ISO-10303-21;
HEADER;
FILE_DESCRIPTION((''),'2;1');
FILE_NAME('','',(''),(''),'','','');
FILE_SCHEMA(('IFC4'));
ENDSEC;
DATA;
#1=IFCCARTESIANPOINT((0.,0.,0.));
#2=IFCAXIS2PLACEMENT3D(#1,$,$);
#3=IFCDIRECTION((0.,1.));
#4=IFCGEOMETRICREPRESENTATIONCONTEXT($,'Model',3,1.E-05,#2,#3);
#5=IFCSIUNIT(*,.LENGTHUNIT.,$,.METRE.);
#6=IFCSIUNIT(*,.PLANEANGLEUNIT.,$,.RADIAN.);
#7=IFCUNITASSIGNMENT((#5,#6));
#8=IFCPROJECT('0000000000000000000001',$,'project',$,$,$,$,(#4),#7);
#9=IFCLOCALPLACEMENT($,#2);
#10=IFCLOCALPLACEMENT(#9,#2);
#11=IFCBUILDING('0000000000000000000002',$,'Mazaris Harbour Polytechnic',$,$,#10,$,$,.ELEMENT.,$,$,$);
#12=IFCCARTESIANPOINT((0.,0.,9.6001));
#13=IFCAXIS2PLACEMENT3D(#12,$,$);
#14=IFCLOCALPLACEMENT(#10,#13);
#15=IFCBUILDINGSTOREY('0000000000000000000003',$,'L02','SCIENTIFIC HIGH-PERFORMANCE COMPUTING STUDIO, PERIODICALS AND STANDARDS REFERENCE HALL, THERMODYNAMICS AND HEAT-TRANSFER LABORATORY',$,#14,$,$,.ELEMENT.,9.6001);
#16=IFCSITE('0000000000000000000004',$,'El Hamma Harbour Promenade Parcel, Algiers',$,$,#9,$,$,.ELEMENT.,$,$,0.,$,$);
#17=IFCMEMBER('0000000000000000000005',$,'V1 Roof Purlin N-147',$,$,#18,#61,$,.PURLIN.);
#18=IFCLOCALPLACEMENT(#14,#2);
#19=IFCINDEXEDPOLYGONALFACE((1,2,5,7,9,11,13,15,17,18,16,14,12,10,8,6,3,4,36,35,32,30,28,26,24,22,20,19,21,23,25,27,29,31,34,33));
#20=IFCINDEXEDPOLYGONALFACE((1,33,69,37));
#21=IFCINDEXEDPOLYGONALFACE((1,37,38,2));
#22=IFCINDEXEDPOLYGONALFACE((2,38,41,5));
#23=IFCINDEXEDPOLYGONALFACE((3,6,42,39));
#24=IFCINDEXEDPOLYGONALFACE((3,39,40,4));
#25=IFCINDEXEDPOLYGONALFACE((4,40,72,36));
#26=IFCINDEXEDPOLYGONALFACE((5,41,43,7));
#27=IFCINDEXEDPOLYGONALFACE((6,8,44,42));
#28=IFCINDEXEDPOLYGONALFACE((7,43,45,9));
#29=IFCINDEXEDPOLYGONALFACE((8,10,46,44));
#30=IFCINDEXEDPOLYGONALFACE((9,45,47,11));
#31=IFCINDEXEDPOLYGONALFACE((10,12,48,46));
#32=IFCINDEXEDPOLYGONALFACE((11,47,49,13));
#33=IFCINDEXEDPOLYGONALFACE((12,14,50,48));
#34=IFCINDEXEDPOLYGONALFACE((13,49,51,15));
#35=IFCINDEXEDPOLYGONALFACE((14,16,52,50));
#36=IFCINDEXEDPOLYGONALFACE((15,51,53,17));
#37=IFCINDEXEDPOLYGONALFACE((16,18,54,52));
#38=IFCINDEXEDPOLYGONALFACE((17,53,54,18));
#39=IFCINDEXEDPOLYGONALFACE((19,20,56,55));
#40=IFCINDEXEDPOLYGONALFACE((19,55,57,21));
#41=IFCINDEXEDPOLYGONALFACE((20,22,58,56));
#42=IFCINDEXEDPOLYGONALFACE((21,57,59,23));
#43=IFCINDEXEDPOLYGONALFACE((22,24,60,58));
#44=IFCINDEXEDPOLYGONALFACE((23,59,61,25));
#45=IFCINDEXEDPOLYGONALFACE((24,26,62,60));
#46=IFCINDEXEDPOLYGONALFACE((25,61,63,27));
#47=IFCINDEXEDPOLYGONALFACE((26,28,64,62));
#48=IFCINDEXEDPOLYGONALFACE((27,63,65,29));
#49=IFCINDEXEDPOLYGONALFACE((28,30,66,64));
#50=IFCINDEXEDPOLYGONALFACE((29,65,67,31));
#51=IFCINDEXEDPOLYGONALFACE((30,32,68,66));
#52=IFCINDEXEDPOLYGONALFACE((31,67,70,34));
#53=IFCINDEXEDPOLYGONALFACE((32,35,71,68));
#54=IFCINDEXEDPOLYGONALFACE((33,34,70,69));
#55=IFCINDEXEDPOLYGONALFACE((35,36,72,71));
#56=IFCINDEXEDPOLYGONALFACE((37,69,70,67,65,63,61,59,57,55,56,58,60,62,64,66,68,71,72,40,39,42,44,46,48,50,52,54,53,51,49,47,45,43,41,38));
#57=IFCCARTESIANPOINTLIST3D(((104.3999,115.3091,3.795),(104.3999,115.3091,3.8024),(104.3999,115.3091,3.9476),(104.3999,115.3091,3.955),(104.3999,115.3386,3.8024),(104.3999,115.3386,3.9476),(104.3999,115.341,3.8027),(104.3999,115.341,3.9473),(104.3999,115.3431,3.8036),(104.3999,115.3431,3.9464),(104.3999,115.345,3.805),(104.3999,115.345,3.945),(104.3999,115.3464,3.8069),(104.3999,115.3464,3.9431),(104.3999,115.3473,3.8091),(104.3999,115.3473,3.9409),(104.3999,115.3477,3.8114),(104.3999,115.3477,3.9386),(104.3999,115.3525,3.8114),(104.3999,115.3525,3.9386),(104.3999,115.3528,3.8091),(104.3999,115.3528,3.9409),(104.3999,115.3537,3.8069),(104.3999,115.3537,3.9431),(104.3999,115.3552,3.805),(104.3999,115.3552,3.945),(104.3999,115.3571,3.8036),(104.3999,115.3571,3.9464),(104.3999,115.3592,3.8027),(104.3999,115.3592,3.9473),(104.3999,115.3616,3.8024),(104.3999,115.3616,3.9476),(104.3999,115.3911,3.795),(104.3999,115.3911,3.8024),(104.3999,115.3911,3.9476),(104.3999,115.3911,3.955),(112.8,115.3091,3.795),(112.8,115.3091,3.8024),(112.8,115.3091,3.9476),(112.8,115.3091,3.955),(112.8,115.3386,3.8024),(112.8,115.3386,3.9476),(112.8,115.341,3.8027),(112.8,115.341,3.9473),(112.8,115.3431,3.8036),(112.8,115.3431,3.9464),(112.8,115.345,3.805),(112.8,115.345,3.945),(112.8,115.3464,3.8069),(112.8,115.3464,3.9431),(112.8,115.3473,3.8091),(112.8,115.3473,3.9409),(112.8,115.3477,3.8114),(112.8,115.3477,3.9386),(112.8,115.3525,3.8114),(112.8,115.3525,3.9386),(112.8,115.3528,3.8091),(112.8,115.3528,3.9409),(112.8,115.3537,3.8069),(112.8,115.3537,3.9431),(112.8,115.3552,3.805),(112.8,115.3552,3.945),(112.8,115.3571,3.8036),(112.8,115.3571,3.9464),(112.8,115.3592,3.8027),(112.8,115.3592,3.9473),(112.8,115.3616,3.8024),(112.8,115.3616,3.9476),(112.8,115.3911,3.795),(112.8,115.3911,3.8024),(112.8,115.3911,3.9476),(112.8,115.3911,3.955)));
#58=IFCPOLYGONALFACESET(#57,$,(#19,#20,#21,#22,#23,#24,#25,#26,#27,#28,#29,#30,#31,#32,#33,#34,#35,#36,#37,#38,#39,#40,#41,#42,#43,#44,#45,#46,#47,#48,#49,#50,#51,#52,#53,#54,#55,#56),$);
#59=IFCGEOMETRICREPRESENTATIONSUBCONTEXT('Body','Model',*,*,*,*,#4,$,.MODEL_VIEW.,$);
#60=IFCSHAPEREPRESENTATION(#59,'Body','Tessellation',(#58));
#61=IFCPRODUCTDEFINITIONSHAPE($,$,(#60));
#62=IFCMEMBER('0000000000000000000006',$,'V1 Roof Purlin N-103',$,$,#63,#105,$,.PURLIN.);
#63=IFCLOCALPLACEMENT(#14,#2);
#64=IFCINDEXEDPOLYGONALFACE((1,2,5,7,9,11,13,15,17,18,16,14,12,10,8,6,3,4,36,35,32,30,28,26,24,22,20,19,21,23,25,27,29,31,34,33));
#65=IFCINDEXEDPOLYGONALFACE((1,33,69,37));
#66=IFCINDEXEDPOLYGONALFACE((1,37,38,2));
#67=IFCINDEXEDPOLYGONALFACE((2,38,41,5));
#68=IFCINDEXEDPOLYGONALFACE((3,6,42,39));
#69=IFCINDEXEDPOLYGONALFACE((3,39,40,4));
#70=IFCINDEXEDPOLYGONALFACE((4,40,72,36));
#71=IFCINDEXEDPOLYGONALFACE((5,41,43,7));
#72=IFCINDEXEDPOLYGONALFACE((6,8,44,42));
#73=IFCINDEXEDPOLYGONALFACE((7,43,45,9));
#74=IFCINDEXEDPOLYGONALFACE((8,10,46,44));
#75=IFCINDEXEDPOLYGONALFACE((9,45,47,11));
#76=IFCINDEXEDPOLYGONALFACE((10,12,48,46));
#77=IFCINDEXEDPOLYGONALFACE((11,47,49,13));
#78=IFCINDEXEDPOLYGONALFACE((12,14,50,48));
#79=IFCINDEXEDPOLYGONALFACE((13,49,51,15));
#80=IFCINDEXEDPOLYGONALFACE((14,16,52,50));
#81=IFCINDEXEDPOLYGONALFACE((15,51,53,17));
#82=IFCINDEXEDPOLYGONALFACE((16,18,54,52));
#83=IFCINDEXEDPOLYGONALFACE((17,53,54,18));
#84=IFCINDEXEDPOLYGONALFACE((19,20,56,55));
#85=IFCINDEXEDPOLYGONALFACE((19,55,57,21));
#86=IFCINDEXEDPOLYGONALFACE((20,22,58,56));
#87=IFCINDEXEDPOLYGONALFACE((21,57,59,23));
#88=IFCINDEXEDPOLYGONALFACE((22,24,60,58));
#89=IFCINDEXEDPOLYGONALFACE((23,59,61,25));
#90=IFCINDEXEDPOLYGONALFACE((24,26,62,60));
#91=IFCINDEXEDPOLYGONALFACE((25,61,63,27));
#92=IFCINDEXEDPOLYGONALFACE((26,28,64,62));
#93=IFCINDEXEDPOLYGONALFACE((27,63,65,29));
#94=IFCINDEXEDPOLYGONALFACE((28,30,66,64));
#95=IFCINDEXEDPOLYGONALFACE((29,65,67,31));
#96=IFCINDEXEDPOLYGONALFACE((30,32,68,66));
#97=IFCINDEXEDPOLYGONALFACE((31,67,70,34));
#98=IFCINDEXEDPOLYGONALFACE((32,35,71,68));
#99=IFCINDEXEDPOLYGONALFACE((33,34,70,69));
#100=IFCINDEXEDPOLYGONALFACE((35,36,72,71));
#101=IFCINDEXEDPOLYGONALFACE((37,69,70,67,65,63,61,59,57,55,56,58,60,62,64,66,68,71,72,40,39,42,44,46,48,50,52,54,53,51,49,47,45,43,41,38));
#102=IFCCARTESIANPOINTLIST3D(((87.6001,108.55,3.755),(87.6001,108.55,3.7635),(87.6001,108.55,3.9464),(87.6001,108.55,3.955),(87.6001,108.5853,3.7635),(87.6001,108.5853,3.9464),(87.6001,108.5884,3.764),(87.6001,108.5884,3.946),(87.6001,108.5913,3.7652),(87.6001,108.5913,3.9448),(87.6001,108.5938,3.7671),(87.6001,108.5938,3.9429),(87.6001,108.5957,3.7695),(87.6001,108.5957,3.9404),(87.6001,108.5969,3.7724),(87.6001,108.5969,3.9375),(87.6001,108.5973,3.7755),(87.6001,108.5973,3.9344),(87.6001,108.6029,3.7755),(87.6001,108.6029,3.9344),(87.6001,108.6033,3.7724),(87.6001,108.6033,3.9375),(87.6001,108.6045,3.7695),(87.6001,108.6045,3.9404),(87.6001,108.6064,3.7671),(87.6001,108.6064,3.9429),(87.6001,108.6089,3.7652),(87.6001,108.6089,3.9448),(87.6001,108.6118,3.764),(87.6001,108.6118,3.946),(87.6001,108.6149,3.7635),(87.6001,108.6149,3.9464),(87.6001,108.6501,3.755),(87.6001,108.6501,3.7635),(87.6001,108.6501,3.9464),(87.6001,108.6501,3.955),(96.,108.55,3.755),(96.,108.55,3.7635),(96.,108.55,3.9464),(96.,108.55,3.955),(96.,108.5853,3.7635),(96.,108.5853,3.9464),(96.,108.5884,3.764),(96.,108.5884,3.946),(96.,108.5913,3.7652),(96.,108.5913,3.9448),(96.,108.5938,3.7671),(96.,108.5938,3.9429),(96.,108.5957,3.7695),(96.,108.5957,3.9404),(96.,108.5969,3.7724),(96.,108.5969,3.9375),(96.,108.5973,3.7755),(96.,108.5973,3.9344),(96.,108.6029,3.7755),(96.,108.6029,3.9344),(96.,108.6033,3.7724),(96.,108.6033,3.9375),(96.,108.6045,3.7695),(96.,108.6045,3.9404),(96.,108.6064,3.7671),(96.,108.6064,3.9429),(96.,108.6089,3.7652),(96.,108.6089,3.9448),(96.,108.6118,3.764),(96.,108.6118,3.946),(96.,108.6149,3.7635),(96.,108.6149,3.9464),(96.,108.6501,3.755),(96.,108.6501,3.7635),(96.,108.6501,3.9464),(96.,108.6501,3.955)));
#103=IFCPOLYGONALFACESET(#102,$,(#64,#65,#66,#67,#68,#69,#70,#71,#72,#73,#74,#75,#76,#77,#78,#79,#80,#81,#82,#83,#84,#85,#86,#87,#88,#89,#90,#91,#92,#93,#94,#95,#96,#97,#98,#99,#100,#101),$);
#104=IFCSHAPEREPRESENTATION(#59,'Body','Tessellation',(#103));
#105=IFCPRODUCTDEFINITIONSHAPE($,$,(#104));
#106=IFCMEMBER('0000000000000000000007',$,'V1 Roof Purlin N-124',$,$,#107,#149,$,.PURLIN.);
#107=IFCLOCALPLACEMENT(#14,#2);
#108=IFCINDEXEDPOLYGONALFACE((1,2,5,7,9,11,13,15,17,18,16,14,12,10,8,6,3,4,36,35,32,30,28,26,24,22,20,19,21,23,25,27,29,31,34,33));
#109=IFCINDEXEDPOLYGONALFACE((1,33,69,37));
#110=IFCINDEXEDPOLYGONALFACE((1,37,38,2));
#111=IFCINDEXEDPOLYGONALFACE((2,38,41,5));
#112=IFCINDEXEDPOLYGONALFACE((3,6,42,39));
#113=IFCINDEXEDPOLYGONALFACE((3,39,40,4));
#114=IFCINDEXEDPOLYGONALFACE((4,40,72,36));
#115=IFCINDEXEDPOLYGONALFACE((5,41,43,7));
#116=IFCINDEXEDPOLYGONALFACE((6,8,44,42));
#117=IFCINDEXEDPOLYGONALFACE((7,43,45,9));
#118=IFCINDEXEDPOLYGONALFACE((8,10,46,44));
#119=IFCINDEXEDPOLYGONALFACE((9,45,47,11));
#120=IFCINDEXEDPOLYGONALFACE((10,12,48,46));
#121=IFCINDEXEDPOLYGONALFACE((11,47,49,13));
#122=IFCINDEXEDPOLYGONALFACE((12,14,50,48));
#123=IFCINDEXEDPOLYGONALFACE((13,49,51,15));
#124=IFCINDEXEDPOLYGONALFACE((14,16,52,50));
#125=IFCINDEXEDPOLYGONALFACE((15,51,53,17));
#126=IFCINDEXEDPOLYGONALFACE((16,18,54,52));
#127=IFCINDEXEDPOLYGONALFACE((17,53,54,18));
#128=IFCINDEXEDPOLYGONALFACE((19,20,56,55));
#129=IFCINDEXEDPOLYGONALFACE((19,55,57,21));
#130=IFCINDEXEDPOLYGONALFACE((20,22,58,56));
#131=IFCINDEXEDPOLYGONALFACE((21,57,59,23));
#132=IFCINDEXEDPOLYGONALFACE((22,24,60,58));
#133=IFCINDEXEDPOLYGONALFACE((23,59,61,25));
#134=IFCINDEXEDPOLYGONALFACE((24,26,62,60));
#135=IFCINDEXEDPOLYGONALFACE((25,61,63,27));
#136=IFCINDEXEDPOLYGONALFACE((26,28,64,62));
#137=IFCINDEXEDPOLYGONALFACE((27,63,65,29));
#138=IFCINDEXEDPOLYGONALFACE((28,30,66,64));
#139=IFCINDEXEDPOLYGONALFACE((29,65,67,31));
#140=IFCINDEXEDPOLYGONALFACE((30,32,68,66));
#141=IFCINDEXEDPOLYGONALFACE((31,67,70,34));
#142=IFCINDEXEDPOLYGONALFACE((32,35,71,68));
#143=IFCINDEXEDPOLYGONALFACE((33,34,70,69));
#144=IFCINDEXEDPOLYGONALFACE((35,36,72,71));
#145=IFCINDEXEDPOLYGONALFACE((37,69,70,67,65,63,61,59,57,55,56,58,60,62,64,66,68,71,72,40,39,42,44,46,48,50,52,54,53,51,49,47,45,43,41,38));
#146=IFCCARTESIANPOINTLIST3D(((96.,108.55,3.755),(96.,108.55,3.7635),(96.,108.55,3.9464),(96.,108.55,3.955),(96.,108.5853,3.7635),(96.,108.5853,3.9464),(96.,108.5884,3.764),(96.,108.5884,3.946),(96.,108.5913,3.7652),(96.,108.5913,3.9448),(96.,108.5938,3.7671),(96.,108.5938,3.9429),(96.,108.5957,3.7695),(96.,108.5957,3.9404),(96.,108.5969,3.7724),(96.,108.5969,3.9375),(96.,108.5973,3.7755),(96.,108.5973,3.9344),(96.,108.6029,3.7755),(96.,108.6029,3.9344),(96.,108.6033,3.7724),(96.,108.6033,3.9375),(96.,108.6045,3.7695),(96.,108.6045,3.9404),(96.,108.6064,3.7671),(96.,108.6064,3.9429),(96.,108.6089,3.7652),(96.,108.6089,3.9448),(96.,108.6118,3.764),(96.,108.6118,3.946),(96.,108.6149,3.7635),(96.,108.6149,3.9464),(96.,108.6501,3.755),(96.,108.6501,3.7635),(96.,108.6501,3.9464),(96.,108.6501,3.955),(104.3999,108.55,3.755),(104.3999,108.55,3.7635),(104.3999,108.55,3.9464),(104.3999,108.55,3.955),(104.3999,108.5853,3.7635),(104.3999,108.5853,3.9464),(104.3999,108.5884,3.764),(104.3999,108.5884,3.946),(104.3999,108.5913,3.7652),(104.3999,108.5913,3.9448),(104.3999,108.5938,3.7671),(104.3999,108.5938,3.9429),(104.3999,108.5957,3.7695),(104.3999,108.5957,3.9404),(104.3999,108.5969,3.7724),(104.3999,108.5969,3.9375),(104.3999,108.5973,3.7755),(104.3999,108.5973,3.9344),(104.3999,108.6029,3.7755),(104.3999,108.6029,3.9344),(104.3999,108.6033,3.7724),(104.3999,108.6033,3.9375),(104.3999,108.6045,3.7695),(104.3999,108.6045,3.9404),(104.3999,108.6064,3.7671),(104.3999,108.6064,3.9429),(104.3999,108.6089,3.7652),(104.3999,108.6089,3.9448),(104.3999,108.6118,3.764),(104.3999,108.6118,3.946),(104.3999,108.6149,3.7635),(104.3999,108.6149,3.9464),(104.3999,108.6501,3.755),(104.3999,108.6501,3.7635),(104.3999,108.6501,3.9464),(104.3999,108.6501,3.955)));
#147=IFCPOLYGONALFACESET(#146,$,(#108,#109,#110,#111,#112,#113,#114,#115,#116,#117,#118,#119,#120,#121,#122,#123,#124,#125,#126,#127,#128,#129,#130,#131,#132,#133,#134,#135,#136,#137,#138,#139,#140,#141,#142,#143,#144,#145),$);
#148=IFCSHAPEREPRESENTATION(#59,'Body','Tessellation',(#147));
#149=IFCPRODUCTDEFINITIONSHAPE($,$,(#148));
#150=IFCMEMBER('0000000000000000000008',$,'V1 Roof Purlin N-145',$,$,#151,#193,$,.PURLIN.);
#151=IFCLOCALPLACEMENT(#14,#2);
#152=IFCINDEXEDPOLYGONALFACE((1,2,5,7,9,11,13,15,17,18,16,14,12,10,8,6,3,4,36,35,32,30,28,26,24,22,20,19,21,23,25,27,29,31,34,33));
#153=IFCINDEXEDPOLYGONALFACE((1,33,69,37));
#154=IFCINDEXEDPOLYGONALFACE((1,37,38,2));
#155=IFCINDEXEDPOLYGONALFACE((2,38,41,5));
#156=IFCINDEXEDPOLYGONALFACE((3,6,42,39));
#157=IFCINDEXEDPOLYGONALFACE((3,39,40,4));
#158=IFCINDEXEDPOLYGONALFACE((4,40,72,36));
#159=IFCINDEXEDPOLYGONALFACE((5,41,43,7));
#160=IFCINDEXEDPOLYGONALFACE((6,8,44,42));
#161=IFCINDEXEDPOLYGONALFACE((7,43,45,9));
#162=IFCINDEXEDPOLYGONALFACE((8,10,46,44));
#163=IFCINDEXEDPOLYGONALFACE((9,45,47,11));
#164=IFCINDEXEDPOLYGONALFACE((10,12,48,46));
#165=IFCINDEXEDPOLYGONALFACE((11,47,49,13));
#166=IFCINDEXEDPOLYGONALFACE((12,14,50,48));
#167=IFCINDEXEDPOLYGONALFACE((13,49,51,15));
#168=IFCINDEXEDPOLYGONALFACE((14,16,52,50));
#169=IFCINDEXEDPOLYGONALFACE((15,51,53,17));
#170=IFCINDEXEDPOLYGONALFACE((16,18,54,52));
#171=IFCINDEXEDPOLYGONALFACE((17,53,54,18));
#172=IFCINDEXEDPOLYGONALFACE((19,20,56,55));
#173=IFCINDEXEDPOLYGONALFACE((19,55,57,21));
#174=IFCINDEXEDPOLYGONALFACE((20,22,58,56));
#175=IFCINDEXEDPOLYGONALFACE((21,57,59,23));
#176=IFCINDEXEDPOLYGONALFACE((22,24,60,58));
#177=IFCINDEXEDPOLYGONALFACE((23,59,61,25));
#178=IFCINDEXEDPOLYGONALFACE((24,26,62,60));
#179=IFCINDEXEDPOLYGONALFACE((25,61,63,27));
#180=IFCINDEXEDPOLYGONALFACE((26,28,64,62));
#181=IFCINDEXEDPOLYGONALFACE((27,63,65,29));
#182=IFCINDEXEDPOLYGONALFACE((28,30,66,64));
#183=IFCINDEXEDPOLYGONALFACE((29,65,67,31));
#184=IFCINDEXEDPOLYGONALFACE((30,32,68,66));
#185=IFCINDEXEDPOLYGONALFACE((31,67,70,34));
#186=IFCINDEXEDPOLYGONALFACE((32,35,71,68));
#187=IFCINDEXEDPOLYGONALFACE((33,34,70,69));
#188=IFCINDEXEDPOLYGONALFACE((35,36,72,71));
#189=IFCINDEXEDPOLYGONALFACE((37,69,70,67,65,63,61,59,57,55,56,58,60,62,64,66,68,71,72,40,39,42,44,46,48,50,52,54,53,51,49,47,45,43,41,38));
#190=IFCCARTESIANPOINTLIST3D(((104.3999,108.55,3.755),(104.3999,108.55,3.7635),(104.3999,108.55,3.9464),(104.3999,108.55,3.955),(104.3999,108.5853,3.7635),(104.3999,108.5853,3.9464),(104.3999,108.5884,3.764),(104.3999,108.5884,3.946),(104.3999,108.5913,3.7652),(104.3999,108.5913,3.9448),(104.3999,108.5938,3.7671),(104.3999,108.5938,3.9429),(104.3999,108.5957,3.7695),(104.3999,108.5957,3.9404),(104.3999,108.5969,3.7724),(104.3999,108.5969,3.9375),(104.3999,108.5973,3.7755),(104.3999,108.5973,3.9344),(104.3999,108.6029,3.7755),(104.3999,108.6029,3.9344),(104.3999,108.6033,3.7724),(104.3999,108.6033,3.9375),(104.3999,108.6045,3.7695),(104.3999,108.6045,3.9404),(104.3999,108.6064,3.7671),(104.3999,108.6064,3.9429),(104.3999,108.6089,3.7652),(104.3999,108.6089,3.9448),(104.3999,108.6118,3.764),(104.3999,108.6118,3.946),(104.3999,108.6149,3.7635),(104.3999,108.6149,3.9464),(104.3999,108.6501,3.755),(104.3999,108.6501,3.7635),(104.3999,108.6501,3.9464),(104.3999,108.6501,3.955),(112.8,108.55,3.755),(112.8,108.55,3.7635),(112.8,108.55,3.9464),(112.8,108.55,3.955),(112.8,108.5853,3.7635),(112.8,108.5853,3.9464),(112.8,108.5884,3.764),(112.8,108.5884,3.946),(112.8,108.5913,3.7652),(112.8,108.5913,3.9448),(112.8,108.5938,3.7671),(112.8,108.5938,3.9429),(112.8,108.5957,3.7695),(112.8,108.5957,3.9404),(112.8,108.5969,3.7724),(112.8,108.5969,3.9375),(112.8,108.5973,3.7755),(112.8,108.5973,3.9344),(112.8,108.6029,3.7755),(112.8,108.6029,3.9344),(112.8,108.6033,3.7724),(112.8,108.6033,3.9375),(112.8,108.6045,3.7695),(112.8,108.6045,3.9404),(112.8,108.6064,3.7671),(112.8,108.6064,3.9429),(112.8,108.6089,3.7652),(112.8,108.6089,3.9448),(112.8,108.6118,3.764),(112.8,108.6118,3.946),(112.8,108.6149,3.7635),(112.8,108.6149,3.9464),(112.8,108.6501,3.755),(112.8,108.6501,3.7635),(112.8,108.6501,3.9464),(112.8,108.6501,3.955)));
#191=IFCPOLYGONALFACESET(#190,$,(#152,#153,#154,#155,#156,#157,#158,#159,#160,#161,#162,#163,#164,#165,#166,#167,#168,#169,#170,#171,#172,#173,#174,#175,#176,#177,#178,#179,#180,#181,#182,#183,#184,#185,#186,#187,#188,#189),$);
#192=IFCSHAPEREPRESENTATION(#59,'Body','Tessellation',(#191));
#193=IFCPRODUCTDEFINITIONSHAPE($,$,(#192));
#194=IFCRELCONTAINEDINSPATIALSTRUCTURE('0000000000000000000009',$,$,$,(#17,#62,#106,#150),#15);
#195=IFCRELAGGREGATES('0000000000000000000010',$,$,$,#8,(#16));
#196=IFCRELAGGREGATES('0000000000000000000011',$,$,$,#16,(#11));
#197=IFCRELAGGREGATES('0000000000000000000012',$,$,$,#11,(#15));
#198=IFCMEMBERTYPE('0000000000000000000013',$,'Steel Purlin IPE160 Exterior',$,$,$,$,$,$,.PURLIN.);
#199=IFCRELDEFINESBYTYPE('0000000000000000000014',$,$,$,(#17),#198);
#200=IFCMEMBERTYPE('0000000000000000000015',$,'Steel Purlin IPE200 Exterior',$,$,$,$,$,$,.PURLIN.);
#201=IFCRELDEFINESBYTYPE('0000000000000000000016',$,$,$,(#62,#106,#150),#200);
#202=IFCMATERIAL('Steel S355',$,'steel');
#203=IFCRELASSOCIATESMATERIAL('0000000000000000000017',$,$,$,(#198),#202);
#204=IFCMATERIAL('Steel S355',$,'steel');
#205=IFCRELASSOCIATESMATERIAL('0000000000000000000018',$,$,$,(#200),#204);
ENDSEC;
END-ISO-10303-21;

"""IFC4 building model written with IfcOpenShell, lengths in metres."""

from ifc_helpers import new_model, si_unit, direction, frame, origin, origin_2d, place, context, subcontext, project, spatial, i_section, extrude, material, material_profile, profile_set, type_object, element, save


model = new_model("IFC4")

# Units and contexts
model_context = context("Model", 3, precision=1e-05, world=origin(), true_north=direction((0.0, 1.0)))
body_context = subcontext(model_context, "Body", "Model", "MODEL_VIEW")
ifc_project = project(units=[si_unit("LENGTHUNIT", "METRE"), si_unit("PLANEANGLEUNIT", "RADIAN")], contexts=[model_context])

# Site, building, storey
site_placement = place(None, origin())
site = spatial("IfcSite", under=ifc_project, at=site_placement, Name="El Hamma Harbour Promenade Parcel, Algiers", CompositionType="ELEMENT", RefElevation=0.0)
building_placement = place(site_placement, origin())
building = spatial("IfcBuilding", under=site, at=building_placement, Name="Mazaris Harbour Polytechnic", CompositionType="ELEMENT")
storey_placement = place(building_placement, frame((0.0, 0.0, 9.6001)))
storey = spatial("IfcBuildingStorey", under=building, at=storey_placement, Name="L02", Description="SCIENTIFIC HIGH-PERFORMANCE COMPUTING STUDIO, PERIODICALS AND STANDARDS REFERENCE HALL, THERMODYNAMICS AND HEAT-TRANSFER LABORATORY", CompositionType="ELEMENT", Elevation=9.6001)

# Members
ifc_material_1 = material(Name="Steel S355", Category="steel")
ifc_material_profile_1 = material_profile(ifc_material_1, i_section(OverallWidth=0.082, OverallDepth=0.1599, WebThickness=0.0049, FlangeThickness=0.0073, FilletRadius=0.009, at=origin_2d()), Name="IPE 160")
ifc_profile_set_1 = profile_set([ifc_material_profile_1], Name="Steel S355")
member_type_1 = type_object("IfcMemberType", Name="Steel Purlin IPE160 Exterior", PredefinedType="PURLIN", material=ifc_profile_set_1)
member_1_placement = place(storey_placement, frame((104.3999, 115.3501, 3.875), z_axis=(1.0, 0.0, 0.0), x_axis=(0.0, 1.0, 0.0)))
element("IfcMember", 1, at=member_1_placement, inside=storey, type_object=member_type_1, Name="V1 Roof Purlin N-147", PredefinedType="PURLIN", context=body_context, shape_type="SweptSolid", body=[
    extrude(i_section(OverallWidth=0.082, OverallDepth=0.1599, WebThickness=0.0049, FlangeThickness=0.0073, FilletRadius=0.009, at=origin_2d()), origin(), (0.0, 0.0, 1.0), 8.4001),
])
ifc_material_2 = material(Name="Steel S355", Category="steel")
ifc_material_profile_2 = material_profile(ifc_material_2, i_section(OverallWidth=0.1001, OverallDepth=0.2, WebThickness=0.0056, FlangeThickness=0.0085, FilletRadius=0.012, at=origin_2d()), Name="IPE 200")
ifc_profile_set_2 = profile_set([ifc_material_profile_2], Name="Steel S355")
member_type_2 = type_object("IfcMemberType", Name="Steel Purlin IPE200 Exterior", PredefinedType="PURLIN", material=ifc_profile_set_2)
for number, where, z_axis, x_axis, name in (
    (2, (87.6001, 108.6001, 3.855), (1.0, 0.0, 0.0), (0.0, 1.0, 0.0), "V1 Roof Purlin N-103"),
    (3, (96.0, 108.6001, 3.855), (1.0, 0.0, 0.0), (0.0, 1.0, 0.0), "V1 Roof Purlin N-124"),
):
    element("IfcMember", number, at=place(storey_placement, frame(where, z_axis=z_axis, x_axis=x_axis)), inside=storey, type_object=member_type_2, Name=name, PredefinedType="PURLIN", context=body_context, shape_type="SweptSolid", body=[
        extrude(i_section(OverallWidth=0.1001, OverallDepth=0.2, WebThickness=0.0056, FlangeThickness=0.0085, FilletRadius=0.012, at=origin_2d()), origin(), (0.0, 0.0, 1.0), 8.3999),
    ])
member_2_placement = place(storey_placement, frame((104.3999, 108.6001, 3.855), z_axis=(1.0, 0.0, 0.0), x_axis=(0.0, 1.0, 0.0)))
element("IfcMember", 4, at=member_2_placement, inside=storey, type_object=member_type_2, Name="V1 Roof Purlin N-145", PredefinedType="PURLIN", context=body_context, shape_type="SweptSolid", body=[
    extrude(i_section(OverallWidth=0.1001, OverallDepth=0.2, WebThickness=0.0056, FlangeThickness=0.0085, FilletRadius=0.012, at=origin_2d()), origin(), (0.0, 0.0, 1.0), 8.4001),
])

save(model, "model.ifc")
